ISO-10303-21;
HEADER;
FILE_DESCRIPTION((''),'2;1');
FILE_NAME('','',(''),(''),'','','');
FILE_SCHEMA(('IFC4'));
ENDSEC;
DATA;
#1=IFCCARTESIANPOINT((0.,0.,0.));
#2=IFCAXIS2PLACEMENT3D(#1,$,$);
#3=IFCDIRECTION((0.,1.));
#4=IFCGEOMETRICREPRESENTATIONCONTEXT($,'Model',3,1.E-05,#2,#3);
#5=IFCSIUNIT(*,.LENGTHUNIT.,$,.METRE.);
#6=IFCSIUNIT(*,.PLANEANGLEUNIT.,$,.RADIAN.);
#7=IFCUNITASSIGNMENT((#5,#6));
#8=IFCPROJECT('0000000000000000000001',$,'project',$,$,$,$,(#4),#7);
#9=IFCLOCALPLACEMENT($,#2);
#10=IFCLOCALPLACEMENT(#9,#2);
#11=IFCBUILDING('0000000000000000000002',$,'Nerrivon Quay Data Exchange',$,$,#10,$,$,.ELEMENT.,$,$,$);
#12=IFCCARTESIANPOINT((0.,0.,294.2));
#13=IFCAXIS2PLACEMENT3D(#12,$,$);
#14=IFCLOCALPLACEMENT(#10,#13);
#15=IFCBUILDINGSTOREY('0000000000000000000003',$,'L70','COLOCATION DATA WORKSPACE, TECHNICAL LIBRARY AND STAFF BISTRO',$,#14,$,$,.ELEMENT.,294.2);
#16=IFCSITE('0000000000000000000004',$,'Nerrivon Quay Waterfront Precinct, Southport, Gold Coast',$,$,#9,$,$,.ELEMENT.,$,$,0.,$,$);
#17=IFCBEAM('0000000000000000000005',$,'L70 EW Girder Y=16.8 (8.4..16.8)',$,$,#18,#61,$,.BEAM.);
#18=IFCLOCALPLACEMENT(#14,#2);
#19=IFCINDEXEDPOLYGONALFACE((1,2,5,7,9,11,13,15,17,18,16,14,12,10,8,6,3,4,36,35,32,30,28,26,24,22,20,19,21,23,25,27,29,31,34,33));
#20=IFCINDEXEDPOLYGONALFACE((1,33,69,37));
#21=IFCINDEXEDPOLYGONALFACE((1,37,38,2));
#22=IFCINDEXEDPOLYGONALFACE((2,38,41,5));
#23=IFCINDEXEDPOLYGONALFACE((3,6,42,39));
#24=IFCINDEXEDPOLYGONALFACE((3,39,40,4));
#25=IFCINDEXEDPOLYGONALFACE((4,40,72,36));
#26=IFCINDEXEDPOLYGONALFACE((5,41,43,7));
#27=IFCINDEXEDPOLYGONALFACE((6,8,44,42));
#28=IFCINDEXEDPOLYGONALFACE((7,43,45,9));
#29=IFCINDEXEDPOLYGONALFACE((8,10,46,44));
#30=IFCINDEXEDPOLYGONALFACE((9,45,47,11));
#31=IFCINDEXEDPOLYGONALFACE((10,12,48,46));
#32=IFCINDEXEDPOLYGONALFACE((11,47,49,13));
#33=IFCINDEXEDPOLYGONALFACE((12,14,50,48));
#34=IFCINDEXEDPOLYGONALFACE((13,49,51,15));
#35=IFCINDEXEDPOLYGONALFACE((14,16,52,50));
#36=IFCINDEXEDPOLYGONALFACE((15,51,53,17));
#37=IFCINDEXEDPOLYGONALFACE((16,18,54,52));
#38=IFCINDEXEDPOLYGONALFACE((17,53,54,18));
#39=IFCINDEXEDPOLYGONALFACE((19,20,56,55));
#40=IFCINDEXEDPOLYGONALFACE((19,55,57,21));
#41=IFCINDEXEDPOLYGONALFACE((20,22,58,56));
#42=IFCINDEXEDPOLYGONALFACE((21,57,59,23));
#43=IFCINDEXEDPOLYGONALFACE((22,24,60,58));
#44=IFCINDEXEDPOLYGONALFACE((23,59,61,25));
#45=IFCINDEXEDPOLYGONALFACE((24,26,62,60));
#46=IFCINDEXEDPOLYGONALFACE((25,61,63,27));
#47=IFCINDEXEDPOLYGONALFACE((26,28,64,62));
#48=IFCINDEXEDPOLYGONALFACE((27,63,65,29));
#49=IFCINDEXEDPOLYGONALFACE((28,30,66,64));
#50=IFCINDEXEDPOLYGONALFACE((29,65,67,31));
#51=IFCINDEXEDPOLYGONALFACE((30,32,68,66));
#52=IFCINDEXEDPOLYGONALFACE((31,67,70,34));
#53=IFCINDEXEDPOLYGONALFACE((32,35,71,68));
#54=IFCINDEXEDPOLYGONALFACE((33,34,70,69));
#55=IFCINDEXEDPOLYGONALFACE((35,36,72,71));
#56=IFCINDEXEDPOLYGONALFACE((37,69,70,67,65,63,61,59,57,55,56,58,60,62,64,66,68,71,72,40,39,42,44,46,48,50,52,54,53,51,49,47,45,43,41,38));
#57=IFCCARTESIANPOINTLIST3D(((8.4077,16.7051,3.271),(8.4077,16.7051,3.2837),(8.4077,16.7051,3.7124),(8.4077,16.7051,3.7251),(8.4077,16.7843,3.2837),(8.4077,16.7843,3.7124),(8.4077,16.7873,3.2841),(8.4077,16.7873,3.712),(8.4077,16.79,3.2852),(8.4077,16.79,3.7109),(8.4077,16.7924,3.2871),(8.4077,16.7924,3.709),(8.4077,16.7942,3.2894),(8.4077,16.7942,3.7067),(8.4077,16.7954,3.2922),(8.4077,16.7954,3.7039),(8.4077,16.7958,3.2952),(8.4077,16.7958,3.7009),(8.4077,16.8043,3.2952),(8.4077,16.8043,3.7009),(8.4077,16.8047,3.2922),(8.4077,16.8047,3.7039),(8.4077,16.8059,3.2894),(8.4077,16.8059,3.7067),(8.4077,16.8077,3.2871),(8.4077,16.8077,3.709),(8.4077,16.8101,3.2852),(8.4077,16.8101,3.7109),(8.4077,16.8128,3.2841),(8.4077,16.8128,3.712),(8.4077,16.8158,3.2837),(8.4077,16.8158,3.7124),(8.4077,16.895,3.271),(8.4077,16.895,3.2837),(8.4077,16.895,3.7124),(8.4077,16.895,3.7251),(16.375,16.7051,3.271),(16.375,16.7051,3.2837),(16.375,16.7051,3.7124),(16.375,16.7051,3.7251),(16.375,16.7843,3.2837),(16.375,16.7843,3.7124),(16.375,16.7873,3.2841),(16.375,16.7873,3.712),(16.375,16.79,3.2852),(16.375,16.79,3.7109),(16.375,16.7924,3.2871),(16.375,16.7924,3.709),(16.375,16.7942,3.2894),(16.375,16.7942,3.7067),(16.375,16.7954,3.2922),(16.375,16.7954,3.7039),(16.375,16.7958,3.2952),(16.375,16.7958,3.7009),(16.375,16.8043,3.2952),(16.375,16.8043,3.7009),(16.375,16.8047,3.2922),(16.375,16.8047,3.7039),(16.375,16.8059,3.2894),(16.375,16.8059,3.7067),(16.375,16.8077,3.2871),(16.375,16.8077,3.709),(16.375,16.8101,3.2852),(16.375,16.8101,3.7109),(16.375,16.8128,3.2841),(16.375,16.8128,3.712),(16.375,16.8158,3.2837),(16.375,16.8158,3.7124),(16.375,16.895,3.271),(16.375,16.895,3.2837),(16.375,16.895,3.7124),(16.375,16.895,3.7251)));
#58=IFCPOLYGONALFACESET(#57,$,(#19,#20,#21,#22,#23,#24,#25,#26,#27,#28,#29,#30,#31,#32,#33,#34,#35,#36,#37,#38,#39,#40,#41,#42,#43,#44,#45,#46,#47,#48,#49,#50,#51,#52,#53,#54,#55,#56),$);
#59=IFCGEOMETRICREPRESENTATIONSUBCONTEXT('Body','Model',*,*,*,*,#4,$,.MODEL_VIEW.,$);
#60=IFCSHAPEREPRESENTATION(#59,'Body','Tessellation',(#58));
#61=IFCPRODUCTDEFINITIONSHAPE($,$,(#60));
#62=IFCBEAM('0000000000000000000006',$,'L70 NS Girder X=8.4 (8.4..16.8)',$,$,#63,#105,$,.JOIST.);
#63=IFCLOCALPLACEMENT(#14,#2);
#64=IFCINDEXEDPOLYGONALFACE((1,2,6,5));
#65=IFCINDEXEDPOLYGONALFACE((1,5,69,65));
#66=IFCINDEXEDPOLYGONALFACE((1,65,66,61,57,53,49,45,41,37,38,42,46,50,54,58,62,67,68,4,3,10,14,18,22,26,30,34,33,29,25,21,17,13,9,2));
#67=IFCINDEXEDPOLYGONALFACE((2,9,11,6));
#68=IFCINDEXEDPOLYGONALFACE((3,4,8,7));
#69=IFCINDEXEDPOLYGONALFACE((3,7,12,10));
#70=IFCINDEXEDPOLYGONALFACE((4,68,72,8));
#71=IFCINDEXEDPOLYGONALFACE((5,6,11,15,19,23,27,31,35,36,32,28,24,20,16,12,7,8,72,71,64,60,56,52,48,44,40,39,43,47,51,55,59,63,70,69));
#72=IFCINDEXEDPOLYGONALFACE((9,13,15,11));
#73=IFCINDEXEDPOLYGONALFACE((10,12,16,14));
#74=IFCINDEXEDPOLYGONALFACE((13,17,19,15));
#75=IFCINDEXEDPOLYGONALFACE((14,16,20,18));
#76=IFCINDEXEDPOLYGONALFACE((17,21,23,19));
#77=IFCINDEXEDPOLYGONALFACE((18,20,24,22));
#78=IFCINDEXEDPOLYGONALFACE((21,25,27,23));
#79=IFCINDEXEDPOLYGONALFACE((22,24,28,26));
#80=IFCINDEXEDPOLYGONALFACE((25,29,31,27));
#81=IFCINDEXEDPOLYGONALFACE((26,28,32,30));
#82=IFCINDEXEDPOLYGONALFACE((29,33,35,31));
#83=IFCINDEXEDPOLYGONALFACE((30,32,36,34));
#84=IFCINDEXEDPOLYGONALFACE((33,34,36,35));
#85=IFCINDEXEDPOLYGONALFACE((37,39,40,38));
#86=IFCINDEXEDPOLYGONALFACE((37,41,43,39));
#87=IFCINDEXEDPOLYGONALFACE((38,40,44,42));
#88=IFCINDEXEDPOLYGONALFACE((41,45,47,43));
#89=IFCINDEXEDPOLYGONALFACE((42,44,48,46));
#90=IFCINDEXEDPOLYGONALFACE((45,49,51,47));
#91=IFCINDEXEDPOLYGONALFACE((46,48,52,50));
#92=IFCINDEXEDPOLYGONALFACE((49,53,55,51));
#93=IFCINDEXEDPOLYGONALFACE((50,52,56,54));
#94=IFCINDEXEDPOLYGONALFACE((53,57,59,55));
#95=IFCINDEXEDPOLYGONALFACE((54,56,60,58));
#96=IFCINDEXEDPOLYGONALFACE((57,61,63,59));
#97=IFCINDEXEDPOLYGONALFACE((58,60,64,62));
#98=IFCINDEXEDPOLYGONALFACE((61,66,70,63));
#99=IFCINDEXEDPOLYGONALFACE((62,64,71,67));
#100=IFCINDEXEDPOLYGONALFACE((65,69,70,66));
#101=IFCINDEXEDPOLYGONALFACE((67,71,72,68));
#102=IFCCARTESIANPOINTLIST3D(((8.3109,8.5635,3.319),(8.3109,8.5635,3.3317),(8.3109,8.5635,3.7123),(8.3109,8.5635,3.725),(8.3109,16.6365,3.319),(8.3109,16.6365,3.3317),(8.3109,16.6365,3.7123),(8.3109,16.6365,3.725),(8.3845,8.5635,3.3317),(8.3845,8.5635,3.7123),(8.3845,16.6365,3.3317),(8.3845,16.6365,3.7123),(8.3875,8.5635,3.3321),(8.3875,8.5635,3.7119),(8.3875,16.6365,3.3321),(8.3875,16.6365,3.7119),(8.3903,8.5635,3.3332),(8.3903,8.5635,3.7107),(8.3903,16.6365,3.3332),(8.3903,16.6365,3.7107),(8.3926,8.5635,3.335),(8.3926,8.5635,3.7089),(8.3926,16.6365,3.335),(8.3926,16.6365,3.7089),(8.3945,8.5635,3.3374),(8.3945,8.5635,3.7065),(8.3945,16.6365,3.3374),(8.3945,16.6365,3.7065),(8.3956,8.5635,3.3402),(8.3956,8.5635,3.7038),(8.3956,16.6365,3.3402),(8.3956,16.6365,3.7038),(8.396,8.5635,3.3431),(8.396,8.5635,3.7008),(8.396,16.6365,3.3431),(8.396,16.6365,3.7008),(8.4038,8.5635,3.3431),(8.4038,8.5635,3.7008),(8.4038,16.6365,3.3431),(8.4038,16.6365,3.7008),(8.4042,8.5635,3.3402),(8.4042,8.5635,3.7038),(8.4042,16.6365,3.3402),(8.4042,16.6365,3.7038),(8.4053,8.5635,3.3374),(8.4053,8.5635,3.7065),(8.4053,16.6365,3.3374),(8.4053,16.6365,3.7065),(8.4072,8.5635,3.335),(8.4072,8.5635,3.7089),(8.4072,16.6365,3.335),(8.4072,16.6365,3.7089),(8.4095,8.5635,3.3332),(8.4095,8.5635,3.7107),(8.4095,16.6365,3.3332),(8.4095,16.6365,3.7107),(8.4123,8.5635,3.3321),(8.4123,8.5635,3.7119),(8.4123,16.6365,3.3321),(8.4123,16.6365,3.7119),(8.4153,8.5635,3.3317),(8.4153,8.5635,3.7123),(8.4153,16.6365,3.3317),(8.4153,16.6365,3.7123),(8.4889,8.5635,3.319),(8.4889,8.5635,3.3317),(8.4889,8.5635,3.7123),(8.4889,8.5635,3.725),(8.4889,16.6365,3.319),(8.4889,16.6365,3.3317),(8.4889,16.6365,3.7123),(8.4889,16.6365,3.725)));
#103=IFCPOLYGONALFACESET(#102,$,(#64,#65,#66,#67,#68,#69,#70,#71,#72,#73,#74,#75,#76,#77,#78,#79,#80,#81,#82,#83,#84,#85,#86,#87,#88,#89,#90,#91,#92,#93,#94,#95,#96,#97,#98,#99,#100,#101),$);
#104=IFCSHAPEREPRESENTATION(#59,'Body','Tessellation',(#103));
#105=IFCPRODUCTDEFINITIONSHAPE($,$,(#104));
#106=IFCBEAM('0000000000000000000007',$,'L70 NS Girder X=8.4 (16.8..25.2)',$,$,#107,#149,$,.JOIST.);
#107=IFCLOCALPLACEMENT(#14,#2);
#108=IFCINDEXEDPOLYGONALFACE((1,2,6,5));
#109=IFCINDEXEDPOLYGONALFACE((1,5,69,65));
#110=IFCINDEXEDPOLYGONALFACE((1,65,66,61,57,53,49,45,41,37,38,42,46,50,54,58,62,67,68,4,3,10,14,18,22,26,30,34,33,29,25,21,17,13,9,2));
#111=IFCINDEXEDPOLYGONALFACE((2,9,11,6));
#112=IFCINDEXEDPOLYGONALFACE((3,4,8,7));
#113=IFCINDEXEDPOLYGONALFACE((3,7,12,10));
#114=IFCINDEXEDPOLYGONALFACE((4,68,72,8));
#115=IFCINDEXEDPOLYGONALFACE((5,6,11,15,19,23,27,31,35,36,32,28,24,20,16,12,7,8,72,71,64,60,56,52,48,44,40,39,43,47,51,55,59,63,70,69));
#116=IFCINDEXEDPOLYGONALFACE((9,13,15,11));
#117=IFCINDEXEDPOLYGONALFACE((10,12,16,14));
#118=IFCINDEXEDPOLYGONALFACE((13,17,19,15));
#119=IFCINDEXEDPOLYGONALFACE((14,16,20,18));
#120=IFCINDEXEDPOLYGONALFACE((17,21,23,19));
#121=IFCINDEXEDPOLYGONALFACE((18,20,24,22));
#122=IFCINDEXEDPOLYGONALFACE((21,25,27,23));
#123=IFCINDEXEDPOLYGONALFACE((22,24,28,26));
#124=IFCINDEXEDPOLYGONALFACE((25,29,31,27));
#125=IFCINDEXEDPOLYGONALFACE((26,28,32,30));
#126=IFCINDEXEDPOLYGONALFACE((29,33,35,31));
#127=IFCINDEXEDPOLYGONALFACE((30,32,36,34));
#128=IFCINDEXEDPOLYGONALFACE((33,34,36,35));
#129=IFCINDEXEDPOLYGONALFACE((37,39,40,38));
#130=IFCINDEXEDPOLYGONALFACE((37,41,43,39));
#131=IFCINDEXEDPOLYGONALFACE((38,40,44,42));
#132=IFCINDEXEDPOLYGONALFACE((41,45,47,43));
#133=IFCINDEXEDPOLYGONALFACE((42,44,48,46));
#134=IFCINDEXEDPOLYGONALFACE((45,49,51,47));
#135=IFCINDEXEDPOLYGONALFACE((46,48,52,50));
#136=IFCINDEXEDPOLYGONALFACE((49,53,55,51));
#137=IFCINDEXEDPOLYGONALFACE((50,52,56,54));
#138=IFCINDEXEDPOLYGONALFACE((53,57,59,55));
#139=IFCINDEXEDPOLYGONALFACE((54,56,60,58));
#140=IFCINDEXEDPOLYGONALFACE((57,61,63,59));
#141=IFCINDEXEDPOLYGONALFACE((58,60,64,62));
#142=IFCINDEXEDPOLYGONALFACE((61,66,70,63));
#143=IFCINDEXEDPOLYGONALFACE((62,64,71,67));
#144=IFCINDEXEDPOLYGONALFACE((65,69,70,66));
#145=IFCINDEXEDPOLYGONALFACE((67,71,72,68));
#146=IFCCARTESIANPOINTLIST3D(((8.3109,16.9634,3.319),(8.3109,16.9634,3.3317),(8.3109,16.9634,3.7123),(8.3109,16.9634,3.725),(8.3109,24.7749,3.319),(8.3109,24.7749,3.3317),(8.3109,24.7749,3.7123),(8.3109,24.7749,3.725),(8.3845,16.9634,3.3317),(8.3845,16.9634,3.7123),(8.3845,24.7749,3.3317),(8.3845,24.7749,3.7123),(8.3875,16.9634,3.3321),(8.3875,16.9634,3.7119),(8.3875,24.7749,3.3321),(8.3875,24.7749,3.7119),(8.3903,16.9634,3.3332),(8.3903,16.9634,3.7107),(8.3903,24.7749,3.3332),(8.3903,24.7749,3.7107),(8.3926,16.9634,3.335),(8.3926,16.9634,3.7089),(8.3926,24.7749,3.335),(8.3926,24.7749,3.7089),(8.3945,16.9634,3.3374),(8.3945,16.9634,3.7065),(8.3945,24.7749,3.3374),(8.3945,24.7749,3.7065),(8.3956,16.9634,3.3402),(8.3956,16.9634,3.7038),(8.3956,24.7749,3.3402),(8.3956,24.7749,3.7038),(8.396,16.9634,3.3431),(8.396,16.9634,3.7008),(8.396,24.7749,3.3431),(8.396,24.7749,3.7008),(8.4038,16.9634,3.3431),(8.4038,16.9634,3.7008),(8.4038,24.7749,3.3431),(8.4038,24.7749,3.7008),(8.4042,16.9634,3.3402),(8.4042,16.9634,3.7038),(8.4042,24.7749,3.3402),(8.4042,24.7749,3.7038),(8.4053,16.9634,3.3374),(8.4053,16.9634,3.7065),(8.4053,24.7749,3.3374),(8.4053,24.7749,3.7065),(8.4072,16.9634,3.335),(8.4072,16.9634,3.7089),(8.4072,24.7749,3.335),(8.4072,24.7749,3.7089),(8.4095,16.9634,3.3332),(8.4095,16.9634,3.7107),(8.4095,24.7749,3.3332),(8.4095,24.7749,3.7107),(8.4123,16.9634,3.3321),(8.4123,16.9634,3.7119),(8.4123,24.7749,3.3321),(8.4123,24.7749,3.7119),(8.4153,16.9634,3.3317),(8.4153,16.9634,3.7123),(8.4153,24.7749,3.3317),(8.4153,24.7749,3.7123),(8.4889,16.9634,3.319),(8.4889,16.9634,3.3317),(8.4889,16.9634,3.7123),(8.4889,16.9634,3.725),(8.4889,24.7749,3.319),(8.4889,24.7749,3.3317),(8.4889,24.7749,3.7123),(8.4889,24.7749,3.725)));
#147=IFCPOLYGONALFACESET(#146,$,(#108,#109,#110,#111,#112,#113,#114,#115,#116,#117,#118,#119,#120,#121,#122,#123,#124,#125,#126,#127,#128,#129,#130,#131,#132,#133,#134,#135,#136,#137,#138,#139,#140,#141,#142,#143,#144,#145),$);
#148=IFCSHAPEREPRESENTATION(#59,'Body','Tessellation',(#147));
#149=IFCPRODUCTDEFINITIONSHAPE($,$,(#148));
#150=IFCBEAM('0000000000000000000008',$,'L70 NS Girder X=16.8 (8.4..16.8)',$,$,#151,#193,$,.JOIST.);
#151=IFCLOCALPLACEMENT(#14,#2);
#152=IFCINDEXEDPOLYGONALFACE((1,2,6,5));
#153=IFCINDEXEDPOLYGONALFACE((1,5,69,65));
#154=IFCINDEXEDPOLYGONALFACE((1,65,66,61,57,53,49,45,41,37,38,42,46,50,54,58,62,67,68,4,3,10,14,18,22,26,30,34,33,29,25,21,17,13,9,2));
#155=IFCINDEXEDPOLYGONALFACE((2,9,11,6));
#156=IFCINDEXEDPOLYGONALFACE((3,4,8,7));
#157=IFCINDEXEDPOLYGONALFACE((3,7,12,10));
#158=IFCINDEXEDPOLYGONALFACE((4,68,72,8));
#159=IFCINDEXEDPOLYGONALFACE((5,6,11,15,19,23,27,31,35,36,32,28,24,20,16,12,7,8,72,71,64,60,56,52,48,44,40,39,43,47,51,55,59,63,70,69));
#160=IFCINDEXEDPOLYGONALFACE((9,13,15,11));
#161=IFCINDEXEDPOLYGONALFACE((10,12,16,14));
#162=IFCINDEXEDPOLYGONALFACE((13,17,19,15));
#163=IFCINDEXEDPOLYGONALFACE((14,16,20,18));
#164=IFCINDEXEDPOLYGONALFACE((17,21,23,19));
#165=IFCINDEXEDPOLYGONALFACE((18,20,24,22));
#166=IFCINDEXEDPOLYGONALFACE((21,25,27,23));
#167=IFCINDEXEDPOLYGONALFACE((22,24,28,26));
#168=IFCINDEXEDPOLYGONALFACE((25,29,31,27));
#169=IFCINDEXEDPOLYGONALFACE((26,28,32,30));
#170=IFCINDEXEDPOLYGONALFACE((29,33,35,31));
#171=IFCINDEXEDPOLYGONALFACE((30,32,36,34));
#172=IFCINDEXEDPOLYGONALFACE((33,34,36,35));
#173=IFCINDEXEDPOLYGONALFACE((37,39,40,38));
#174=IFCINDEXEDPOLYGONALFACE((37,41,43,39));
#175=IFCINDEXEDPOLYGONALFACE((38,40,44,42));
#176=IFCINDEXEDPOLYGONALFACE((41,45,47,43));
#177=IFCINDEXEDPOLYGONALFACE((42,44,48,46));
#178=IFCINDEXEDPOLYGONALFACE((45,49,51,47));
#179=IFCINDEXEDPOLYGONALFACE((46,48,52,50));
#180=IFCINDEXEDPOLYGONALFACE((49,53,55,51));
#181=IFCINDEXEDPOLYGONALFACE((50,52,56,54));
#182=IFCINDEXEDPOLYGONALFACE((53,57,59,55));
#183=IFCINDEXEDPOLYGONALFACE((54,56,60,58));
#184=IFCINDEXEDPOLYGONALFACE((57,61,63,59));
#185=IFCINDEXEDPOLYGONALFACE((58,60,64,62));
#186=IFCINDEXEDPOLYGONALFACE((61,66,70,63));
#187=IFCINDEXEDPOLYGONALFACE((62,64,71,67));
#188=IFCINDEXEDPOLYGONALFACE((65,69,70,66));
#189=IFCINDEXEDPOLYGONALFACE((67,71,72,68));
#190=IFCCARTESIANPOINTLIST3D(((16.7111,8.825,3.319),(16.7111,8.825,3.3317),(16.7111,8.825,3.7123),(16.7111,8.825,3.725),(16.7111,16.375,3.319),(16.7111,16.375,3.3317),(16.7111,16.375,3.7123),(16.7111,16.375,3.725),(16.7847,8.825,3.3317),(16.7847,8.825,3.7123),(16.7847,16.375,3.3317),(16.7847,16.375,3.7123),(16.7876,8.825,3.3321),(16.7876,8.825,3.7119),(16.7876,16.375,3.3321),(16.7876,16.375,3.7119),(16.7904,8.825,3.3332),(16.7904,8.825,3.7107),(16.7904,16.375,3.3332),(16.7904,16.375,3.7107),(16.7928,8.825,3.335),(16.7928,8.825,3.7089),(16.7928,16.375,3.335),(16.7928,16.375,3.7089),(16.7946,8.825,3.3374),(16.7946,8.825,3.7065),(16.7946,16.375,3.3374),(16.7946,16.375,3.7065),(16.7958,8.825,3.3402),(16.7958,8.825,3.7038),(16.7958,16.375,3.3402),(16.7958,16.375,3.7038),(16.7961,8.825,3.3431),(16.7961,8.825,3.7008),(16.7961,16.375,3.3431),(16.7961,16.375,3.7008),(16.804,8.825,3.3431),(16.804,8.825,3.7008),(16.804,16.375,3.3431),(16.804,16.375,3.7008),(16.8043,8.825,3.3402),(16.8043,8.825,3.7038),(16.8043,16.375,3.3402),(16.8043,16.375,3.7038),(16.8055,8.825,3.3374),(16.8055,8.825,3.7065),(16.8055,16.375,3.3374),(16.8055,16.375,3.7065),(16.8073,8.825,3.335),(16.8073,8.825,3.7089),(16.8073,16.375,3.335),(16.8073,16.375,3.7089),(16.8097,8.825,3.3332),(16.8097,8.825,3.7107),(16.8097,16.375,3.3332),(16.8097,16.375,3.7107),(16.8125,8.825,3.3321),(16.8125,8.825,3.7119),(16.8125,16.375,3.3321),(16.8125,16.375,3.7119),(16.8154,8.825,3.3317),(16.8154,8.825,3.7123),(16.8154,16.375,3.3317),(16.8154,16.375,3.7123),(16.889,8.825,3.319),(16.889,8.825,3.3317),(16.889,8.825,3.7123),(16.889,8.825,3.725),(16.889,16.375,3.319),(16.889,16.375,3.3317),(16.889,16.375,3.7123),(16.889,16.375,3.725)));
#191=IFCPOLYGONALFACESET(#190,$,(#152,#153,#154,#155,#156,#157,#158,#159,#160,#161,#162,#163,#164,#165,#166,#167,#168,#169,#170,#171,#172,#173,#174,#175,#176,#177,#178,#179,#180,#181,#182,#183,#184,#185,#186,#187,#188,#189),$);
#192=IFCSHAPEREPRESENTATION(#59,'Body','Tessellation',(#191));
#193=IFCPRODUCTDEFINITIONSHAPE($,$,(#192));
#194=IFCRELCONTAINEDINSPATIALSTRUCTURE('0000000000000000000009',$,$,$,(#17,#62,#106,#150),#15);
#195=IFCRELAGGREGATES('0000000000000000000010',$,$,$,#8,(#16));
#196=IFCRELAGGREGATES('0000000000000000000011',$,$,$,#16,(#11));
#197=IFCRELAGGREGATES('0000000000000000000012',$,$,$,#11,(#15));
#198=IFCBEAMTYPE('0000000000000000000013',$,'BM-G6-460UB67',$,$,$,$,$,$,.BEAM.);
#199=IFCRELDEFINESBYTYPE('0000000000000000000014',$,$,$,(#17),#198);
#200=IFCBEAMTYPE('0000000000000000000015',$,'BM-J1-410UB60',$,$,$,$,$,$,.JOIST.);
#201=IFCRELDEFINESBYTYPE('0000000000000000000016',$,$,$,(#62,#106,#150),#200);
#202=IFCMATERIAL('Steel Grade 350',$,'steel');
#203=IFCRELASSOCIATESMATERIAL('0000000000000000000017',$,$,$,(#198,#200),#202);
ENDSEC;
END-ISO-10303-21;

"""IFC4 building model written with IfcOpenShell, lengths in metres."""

from ifc_helpers import new_model, si_unit, direction, frame, origin, origin_2d, place, context, subcontext, project, spatial, i_section, extrude, material, material_profile, profile_set, type_object, element, save


model = new_model("IFC4")

# Units and contexts
model_context = context("Model", 3, precision=1e-05, world=origin(), true_north=direction((0.0, 1.0)))
body_context = subcontext(model_context, "Body", "Model", "MODEL_VIEW")
ifc_project = project(units=[si_unit("LENGTHUNIT", "METRE"), si_unit("PLANEANGLEUNIT", "RADIAN")], contexts=[model_context])

# Site, building, storey
site_placement = place(None, origin())
site = spatial("IfcSite", under=ifc_project, at=site_placement, Name="Nerrivon Quay Waterfront Precinct, Southport, Gold Coast", CompositionType="ELEMENT", RefElevation=0.0)
building_placement = place(site_placement, origin())
building = spatial("IfcBuilding", under=site, at=building_placement, Name="Nerrivon Quay Data Exchange", CompositionType="ELEMENT")
storey_placement = place(building_placement, frame((0.0, 0.0, 294.2)))
storey = spatial("IfcBuildingStorey", under=building, at=storey_placement, Name="L70", Description="COLOCATION DATA WORKSPACE, TECHNICAL LIBRARY AND STAFF BISTRO", CompositionType="ELEMENT", Elevation=294.2)

# Shared definitions
ifc_material_1 = material(Name="Steel Grade 350", Category="steel")

# Beams
ifc_material_profile_1 = material_profile(ifc_material_1, i_section(OverallWidth=0.1899, OverallDepth=0.4541, WebThickness=0.0085, FlangeThickness=0.0127, FilletRadius=0.0115, at=origin_2d()), Name="460UB67.1")
ifc_profile_set_1 = profile_set([ifc_material_profile_1], Name="Steel Grade 350")
beam_type_1 = type_object("IfcBeamType", Name="BM-G6-460UB67", PredefinedType="BEAM", material=ifc_profile_set_1)
for number, where, z_axis, x_axis, name in (
    (1, (8.4077, 16.8, 3.498), (1.0, 0.0, 0.0), (0.0, 1.0, 0.0), "L70 EW Girder Y=16.8 (8.4..16.8)"),
):
    element("IfcBeam", number, at=place(storey_placement, frame(where, z_axis=z_axis, x_axis=x_axis)), inside=storey, type_object=beam_type_1, Name=name, PredefinedType="BEAM", context=body_context, shape_type="SweptSolid", body=[
        extrude(i_section(OverallWidth=0.1899, OverallDepth=0.4541, WebThickness=0.0085, FlangeThickness=0.0127, FilletRadius=0.0115, at=origin_2d()), origin(), (0.0, 0.0, 1.0), 7.9673),
    ])
ifc_material_profile_2 = material_profile(ifc_material_1, i_section(OverallWidth=0.178, OverallDepth=0.406, WebThickness=0.0078, FlangeThickness=0.0127, FilletRadius=0.0115, at=origin_2d()), Name="410UB59.7")
ifc_profile_set_2 = profile_set([ifc_material_profile_2], Name="Steel Grade 350")
beam_type_2 = type_object("IfcBeamType", Name="BM-J1-410UB60", PredefinedType="JOIST", material=ifc_profile_set_2)
beam_1_placement = place(storey_placement, frame((8.3999, 8.5635, 3.522), z_axis=(0.0, 1.0, 0.0), x_axis=(-1.0, 0.0, 0.0)))
element("IfcBeam", 2, at=beam_1_placement, inside=storey, type_object=beam_type_2, Name="L70 NS Girder X=8.4 (8.4..16.8)", PredefinedType="JOIST", context=body_context, shape_type="SweptSolid", body=[
    extrude(i_section(OverallWidth=0.178, OverallDepth=0.406, WebThickness=0.0078, FlangeThickness=0.0127, FilletRadius=0.0115, at=origin_2d()), origin(), (0.0, 0.0, 1.0), 8.073),
])
beam_2_placement = place(storey_placement, frame((8.3999, 16.9634, 3.522), z_axis=(0.0, 1.0, 0.0), x_axis=(-1.0, 0.0, 0.0)))
element("IfcBeam", 3, at=beam_2_placement, inside=storey, type_object=beam_type_2, Name="L70 NS Girder X=8.4 (16.8..25.2)", PredefinedType="JOIST", context=body_context, shape_type="SweptSolid", body=[
    extrude(i_section(OverallWidth=0.178, OverallDepth=0.406, WebThickness=0.0078, FlangeThickness=0.0127, FilletRadius=0.0115, at=origin_2d()), origin(), (0.0, 0.0, 1.0), 7.8115),
])
beam_3_placement = place(storey_placement, frame((16.8, 8.825, 3.522), z_axis=(0.0, 1.0, 0.0), x_axis=(-1.0, 0.0, 0.0)))
element("IfcBeam", 4, at=beam_3_placement, inside=storey, type_object=beam_type_2, Name="L70 NS Girder X=16.8 (8.4..16.8)", PredefinedType="JOIST", context=body_context, shape_type="SweptSolid", body=[
    extrude(i_section(OverallWidth=0.178, OverallDepth=0.406, WebThickness=0.0078, FlangeThickness=0.0127, FilletRadius=0.0115, at=origin_2d()), origin(), (0.0, 0.0, 1.0), 7.55),
])

save(model, "model.ifc")
